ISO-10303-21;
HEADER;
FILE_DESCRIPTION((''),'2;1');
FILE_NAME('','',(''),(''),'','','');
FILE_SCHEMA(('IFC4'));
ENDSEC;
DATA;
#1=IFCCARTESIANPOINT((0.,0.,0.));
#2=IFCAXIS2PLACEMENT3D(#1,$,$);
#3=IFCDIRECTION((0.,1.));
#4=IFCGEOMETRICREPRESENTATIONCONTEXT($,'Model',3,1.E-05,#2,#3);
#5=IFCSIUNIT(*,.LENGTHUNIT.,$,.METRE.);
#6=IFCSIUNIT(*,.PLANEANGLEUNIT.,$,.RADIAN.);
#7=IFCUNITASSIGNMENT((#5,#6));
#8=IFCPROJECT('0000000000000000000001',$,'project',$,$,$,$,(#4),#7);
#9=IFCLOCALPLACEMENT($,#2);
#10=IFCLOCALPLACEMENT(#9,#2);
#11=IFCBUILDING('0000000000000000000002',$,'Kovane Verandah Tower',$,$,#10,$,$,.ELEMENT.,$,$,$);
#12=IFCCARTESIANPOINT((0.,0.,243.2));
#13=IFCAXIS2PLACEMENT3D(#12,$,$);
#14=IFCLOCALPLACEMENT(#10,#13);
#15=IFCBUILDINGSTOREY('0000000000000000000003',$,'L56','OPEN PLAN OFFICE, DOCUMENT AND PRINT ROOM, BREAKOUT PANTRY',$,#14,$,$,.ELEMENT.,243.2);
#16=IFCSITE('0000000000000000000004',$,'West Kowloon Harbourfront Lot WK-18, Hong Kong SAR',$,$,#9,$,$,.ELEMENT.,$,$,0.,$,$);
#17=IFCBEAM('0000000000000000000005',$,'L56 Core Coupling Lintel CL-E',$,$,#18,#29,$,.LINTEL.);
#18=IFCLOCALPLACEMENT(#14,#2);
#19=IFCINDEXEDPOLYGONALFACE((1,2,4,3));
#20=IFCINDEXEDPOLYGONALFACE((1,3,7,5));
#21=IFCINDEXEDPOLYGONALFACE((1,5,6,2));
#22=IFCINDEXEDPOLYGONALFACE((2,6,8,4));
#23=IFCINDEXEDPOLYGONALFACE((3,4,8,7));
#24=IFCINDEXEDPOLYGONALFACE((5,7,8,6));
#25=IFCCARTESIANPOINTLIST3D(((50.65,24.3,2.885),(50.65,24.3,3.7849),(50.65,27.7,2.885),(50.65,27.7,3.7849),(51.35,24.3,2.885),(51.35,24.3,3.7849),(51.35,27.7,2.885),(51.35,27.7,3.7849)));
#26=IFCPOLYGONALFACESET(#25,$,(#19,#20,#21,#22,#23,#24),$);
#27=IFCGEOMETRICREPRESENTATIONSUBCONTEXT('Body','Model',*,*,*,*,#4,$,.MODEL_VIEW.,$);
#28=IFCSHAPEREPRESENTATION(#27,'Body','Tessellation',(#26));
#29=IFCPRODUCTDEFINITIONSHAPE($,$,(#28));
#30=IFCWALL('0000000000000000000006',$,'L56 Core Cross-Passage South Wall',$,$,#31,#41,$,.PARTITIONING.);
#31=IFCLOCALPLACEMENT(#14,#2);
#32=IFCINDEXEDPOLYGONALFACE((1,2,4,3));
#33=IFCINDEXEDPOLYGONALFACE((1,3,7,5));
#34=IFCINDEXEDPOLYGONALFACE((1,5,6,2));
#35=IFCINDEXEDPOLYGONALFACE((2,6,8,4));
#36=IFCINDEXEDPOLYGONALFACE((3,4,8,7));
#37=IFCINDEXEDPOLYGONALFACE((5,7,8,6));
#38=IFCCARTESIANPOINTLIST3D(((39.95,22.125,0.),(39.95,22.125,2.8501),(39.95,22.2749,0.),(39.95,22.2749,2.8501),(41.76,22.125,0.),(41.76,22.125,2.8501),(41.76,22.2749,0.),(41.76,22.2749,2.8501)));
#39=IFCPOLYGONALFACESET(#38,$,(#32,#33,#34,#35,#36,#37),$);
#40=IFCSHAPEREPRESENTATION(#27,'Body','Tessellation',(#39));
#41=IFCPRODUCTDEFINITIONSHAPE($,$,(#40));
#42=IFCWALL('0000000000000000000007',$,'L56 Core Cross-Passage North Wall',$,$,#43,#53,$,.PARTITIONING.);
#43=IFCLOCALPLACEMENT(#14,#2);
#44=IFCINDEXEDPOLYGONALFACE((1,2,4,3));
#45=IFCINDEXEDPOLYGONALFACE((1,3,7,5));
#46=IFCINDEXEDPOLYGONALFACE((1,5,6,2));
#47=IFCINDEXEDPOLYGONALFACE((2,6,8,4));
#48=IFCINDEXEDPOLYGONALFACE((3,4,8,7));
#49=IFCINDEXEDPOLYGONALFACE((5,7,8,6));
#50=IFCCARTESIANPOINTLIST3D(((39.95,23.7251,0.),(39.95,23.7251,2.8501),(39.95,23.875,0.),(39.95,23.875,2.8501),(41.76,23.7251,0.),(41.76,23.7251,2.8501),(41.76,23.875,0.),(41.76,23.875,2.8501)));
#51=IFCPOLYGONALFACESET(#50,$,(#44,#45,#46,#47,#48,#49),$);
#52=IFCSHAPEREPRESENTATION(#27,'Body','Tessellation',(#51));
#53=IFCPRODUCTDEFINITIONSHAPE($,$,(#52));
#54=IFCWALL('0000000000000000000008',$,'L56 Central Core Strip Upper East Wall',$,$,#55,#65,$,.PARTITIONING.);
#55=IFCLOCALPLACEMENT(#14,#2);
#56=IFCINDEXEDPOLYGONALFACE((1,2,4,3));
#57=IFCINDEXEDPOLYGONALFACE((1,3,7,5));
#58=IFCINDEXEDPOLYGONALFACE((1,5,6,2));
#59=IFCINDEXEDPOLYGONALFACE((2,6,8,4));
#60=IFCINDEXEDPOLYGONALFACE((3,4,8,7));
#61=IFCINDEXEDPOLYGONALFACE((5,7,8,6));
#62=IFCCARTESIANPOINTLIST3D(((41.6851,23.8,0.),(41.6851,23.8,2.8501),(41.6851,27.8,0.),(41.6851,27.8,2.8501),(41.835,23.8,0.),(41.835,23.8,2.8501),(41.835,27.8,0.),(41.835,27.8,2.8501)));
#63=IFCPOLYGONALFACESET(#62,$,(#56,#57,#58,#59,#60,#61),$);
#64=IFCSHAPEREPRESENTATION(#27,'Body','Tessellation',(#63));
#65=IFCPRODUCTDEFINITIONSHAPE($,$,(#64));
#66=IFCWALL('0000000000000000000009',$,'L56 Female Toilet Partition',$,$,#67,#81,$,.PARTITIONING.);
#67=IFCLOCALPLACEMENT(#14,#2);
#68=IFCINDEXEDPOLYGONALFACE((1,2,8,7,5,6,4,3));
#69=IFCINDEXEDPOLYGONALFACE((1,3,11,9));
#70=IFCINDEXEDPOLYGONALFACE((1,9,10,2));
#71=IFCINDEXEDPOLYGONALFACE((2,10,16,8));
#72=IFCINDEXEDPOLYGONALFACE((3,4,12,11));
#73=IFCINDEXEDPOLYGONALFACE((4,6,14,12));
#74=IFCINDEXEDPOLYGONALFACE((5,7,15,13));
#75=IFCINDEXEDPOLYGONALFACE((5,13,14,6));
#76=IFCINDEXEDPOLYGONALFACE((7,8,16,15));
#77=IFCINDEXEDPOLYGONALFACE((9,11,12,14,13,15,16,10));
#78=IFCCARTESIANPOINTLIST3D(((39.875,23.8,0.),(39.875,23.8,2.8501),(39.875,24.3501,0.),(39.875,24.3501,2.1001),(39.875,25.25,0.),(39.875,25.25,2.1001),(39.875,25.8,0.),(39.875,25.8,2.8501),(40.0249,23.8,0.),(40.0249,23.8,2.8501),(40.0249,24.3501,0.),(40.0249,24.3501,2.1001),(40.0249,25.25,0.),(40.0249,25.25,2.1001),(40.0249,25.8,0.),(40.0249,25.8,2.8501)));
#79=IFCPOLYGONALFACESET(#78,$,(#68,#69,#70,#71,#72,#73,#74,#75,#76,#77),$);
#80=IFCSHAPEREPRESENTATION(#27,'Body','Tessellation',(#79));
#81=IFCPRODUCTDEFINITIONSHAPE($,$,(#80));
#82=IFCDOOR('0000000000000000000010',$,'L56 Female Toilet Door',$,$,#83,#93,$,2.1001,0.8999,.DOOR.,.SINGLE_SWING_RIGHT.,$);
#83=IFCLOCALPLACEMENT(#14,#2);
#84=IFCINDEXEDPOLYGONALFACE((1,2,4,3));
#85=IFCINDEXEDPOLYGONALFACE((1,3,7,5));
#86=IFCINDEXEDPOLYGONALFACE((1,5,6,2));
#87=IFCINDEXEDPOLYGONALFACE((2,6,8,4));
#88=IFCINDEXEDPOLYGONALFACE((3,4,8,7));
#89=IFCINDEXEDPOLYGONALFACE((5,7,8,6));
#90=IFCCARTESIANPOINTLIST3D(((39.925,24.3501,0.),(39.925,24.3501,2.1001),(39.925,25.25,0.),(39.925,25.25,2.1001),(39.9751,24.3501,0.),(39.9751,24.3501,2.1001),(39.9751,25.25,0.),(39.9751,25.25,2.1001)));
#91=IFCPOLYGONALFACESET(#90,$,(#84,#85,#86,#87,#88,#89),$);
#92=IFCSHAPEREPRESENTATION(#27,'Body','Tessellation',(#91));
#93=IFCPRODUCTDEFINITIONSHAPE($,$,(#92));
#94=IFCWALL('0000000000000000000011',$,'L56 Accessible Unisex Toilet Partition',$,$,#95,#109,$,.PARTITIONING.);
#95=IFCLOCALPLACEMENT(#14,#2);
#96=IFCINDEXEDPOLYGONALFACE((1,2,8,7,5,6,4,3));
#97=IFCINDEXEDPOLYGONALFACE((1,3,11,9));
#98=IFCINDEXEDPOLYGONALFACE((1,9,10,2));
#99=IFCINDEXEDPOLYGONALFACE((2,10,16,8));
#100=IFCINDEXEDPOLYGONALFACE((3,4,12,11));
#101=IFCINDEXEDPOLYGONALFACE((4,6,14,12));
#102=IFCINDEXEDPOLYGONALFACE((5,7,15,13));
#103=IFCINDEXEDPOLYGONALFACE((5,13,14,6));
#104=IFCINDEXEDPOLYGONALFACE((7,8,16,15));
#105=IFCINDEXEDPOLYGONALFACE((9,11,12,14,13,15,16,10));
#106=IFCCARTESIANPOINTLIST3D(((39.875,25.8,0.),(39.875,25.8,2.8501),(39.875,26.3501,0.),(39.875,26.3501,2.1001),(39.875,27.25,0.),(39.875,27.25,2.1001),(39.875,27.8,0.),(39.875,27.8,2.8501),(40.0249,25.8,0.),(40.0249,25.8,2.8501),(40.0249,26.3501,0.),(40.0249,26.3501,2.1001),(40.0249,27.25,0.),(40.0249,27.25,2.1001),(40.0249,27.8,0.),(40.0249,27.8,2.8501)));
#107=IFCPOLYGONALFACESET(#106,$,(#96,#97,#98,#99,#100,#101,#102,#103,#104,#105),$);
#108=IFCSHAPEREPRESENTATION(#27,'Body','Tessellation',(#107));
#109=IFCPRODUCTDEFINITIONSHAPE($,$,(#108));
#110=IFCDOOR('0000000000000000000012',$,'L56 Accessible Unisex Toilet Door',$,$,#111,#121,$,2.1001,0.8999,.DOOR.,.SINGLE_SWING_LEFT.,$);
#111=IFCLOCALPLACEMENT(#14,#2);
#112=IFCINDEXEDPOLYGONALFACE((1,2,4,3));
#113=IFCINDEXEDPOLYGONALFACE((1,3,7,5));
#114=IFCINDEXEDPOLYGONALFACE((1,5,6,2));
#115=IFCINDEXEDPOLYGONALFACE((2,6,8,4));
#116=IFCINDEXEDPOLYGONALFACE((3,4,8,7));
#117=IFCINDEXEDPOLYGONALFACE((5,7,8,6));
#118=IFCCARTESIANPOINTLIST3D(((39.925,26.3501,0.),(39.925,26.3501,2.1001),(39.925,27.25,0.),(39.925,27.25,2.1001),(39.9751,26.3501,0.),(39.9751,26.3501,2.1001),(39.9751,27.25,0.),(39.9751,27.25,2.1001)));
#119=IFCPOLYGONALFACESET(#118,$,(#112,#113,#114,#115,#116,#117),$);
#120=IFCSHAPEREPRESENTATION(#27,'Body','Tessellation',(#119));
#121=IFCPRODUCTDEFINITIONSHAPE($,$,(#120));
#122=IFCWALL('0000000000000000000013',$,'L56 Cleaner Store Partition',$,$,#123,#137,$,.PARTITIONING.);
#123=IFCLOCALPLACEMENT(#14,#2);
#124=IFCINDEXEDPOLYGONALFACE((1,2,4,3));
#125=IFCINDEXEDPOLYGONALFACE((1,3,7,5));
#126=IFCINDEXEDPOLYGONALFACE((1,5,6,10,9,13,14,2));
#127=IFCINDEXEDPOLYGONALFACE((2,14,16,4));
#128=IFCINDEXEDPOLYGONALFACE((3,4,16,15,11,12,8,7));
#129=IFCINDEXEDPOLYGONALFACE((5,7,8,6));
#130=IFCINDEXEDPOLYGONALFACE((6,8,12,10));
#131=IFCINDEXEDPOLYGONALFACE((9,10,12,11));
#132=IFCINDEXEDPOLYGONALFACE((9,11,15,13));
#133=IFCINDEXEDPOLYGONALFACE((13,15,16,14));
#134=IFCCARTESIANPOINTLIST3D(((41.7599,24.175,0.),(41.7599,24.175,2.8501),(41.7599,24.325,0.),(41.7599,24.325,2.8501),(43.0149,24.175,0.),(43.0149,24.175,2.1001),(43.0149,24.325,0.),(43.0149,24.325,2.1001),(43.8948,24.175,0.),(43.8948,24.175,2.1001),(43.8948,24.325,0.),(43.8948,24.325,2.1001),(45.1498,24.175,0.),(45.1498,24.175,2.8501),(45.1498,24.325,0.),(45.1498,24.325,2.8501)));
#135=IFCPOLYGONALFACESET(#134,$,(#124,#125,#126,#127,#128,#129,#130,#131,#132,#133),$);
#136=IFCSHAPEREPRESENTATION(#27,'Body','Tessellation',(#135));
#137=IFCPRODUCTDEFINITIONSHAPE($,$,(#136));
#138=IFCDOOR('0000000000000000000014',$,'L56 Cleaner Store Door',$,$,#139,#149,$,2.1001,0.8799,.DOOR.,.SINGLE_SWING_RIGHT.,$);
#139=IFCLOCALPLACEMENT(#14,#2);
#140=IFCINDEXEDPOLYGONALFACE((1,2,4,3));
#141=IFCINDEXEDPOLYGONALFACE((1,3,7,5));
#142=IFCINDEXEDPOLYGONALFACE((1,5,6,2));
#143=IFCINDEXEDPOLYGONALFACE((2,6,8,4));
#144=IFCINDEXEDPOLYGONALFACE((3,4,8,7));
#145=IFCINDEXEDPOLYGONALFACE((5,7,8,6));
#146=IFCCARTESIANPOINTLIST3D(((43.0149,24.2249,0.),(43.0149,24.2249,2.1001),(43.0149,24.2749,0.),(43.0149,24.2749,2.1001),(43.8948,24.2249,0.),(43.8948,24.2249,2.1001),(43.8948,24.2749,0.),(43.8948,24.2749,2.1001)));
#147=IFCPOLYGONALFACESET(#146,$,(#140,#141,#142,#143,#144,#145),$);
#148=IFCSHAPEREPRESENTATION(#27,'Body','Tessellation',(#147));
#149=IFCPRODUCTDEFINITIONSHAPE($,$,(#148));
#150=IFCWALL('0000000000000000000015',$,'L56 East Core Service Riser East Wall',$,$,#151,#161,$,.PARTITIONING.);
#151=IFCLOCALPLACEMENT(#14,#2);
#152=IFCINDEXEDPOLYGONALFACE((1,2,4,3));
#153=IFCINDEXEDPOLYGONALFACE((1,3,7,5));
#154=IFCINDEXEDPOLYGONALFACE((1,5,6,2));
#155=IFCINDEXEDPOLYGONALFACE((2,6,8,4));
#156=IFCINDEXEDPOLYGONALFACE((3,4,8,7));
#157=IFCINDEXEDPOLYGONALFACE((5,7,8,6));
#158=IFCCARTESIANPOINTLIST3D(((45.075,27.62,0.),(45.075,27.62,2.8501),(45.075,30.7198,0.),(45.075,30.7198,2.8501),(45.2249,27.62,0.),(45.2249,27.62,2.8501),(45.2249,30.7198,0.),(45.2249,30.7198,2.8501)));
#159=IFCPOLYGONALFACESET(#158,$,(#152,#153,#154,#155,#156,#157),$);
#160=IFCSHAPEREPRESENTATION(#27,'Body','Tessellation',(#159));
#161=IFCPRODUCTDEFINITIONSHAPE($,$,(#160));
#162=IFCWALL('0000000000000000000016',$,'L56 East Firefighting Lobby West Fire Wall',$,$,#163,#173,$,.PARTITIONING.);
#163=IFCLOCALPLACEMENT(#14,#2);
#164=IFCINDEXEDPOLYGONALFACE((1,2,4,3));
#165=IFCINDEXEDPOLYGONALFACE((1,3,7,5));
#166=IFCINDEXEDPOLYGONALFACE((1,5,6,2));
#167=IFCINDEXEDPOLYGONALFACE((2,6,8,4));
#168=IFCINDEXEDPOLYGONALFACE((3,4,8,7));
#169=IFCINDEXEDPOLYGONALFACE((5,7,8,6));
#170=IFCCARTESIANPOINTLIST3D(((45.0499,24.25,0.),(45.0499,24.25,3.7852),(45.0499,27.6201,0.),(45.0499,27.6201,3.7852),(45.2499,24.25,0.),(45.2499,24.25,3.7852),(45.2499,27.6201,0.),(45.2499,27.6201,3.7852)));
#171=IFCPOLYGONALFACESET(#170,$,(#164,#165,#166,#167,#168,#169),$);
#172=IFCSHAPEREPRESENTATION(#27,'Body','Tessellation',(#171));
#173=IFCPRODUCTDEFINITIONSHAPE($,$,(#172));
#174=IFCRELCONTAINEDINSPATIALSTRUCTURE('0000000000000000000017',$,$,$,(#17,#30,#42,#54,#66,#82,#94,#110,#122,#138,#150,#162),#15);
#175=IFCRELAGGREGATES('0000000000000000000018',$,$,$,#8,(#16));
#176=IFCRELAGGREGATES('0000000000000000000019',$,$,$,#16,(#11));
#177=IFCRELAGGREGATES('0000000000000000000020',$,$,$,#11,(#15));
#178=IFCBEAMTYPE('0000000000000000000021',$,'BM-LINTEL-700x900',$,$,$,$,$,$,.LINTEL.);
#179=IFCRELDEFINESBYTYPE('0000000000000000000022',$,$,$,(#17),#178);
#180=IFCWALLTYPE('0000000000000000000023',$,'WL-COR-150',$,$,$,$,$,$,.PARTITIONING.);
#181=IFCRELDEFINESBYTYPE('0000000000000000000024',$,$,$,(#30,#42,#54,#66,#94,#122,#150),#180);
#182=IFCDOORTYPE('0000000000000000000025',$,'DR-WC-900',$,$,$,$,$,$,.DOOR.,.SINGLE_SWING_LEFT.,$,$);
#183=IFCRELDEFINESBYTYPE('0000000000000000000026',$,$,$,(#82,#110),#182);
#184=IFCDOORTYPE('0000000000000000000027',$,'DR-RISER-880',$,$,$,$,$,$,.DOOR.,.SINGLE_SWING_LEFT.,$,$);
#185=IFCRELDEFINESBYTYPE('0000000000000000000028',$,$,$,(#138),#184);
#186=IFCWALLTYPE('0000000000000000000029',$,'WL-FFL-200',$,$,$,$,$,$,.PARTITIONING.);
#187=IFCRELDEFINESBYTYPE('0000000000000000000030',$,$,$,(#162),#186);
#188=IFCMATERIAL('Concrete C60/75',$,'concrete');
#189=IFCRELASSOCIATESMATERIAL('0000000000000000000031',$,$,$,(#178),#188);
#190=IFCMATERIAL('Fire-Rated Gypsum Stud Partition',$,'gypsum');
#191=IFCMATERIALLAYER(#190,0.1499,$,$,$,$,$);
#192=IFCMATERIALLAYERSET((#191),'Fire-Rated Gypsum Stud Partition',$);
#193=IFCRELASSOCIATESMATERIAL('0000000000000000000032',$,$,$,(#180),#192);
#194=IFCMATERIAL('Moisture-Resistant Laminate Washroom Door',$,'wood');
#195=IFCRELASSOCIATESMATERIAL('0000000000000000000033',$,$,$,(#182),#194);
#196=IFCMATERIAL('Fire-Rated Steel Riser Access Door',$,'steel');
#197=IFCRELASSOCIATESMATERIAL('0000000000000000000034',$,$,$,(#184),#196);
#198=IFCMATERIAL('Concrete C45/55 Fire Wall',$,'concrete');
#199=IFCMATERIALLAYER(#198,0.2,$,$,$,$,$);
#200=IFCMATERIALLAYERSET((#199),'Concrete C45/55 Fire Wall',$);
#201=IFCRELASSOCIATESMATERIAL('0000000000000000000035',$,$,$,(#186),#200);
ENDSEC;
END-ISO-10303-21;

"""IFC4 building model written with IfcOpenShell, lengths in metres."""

from ifc_helpers import new_model, si_unit, direction, frame, frame_2d, origin, origin_2d, place, context, subcontext, project, spatial, rectangle, extrude, material, layer, layer_set, material_profile, profile_set, type_object, element, fill, save


model = new_model("IFC4")

# Units and contexts
model_context = context("Model", 3, precision=1e-05, world=origin(), true_north=direction((0.0, 1.0)))
body_context = subcontext(model_context, "Body", "Model", "MODEL_VIEW")
ifc_project = project(units=[si_unit("LENGTHUNIT", "METRE"), si_unit("PLANEANGLEUNIT", "RADIAN")], contexts=[model_context])

# Site, building, storey
site_placement = place(None, origin())
site = spatial("IfcSite", under=ifc_project, at=site_placement, Name="West Kowloon Harbourfront Lot WK-18, Hong Kong SAR", CompositionType="ELEMENT", RefElevation=0.0)
building_placement = place(site_placement, origin())
building = spatial("IfcBuilding", under=site, at=building_placement, Name="Kovane Verandah Tower", CompositionType="ELEMENT")
storey_placement = place(building_placement, frame((0.0, 0.0, 243.2)))
storey = spatial("IfcBuildingStorey", under=building, at=storey_placement, Name="L56", Description="OPEN PLAN OFFICE, DOCUMENT AND PRINT ROOM, BREAKOUT PANTRY", CompositionType="ELEMENT", Elevation=243.2)

# Beam
ifc_material_1 = material(Name="Concrete C60/75", Category="concrete")
ifc_material_profile = material_profile(ifc_material_1, rectangle(XDim=0.7, YDim=0.8999, at=origin_2d()), Name="RCB700x900")
ifc_profile_set = profile_set([ifc_material_profile], Name="Concrete C60/75")
beam_type = type_object("IfcBeamType", Name="BM-LINTEL-700x900", PredefinedType="LINTEL", material=ifc_profile_set)
beam_placement = place(storey_placement, frame((51.0, 24.3, 3.335), z_axis=(0.0, 1.0, 0.0), x_axis=(-1.0, 0.0, 0.0)))
element("IfcBeam", 1, at=beam_placement, inside=storey, type_object=beam_type, Name="L56 Core Coupling Lintel CL-E", PredefinedType="LINTEL", context=body_context, shape_type="SweptSolid", body=[
    extrude(rectangle(XDim=0.7, YDim=0.8999, at=origin_2d()), origin(), (0.0, 0.0, 1.0), 3.3999),
])

# Walls
ifc_material_2 = material(Name="Fire-Rated Gypsum Stud Partition", Category="gypsum")
ifc_layer_1 = layer(ifc_material_2, 0.1499)
ifc_layer_set_1 = layer_set([ifc_layer_1], Name="Fire-Rated Gypsum Stud Partition")
wall_type_1 = type_object("IfcWallType", Name="WL-COR-150", PredefinedType="PARTITIONING", material=ifc_layer_set_1)
for number, where, z_axis, x_axis, name in (
    (2, (39.95, 22.2, 0.0), (0.0, 0.0, 1.0), (1.0, 0.0, 0.0), "L56 Core Cross-Passage South Wall"),
    (3, (39.95, 23.8, 0.0), (0.0, 0.0, 1.0), (1.0, 0.0, 0.0), "L56 Core Cross-Passage North Wall"),
):
    element("IfcWall", number, at=place(storey_placement, frame(where, z_axis=z_axis, x_axis=x_axis)), inside=storey, type_object=wall_type_1, Name=name, PredefinedType="PARTITIONING", context=body_context, shape_type="SweptSolid", body=[
        extrude(rectangle(XDim=1.8101, YDim=0.1499, at=frame_2d((0.905, 0.0))), origin(), (0.0, 0.0, 1.0), 2.8501),
    ])
wall_1_placement = place(storey_placement, frame((41.76, 23.8, 0.0), z_axis=(0.0, 0.0, 1.0), x_axis=(0.0, 1.0, 0.0)))
element("IfcWall", 4, at=wall_1_placement, inside=storey, type_object=wall_type_1, Name="L56 Central Core Strip Upper East Wall", PredefinedType="PARTITIONING", context=body_context, shape_type="SweptSolid", body=[
    extrude(rectangle(XDim=4.0, YDim=0.1499, at=frame_2d((2.0, 0.0))), origin(), (0.0, 0.0, 1.0), 2.8501),
])

# Walls, openings, doors
wall_2_placement = place(storey_placement, frame((39.95, 23.8, 0.0), z_axis=(0.0, 0.0, 1.0), x_axis=(0.0, 1.0, 0.0)))
wall_2 = element("IfcWall", 5, at=wall_2_placement, inside=storey, type_object=wall_type_1, Name="L56 Female Toilet Partition", PredefinedType="PARTITIONING", context=body_context, shape_type="SweptSolid", body=[
    extrude(rectangle(XDim=2.0, YDim=0.1499, at=frame_2d((1.0, 0.0))), origin(), (0.0, 0.0, 1.0), 2.8501),
])
opening_1_placement = place(wall_2_placement, frame((0.55, 0.0, 0.0)))
opening_1 = element("IfcOpeningElement", 6, at=opening_1_placement, cuts=wall_2, PredefinedType="OPENING", context=body_context, shape_type="SweptSolid", body=[
    extrude(rectangle(XDim=0.8999, YDim=2.1001, at=frame_2d((0.45, 1.05))), frame((0.0, 0.075, 0.0), z_axis=(0.0, -1.0, 0.0), x_axis=(1.0, 0.0, 0.0)), (0.0, 0.0, 1.0), 0.1499),
])
ifc_material_3 = material(Name="Moisture-Resistant Laminate Washroom Door", Category="wood")
door_type_1 = type_object("IfcDoorType", Name="DR-WC-900", OperationType="SINGLE_SWING_LEFT", PredefinedType="DOOR", material=ifc_material_3)
door_1_placement = place(opening_1_placement, origin())
door_1 = element("IfcDoor", 7, at=door_1_placement, inside=storey, type_object=door_type_1, Name="L56 Female Toilet Door", OperationType="SINGLE_SWING_RIGHT", OverallHeight=2.1001, OverallWidth=0.8999, PredefinedType="DOOR", context=body_context, shape_type="SweptSolid", body=[
    extrude(rectangle(XDim=0.8999, YDim=2.1001, at=frame_2d((0.45, 1.05))), frame((0.0, 0.0249, 0.0), z_axis=(0.0, -1.0, 0.0), x_axis=(1.0, 0.0, 0.0)), (0.0, 0.0, 1.0), 0.05),
])
fill(opening_1, door_1)
wall_3_placement = place(storey_placement, frame((39.95, 25.8, 0.0), z_axis=(0.0, 0.0, 1.0), x_axis=(0.0, 1.0, 0.0)))
wall_3 = element("IfcWall", 8, at=wall_3_placement, inside=storey, type_object=wall_type_1, Name="L56 Accessible Unisex Toilet Partition", PredefinedType="PARTITIONING", context=body_context, shape_type="SweptSolid", body=[
    extrude(rectangle(XDim=2.0, YDim=0.1499, at=frame_2d((1.0, 0.0))), origin(), (0.0, 0.0, 1.0), 2.8501),
])
opening_2_placement = place(wall_3_placement, frame((0.55, 0.0, 0.0)))
opening_2 = element("IfcOpeningElement", 9, at=opening_2_placement, cuts=wall_3, PredefinedType="OPENING", context=body_context, shape_type="SweptSolid", body=[
    extrude(rectangle(XDim=0.8999, YDim=2.1001, at=frame_2d((0.45, 1.05))), frame((0.0, 0.075, 0.0), z_axis=(0.0, -1.0, 0.0), x_axis=(1.0, 0.0, 0.0)), (0.0, 0.0, 1.0), 0.1499),
])
door_2_placement = place(opening_2_placement, origin())
door_2 = element("IfcDoor", 10, at=door_2_placement, inside=storey, type_object=door_type_1, Name="L56 Accessible Unisex Toilet Door", OperationType="SINGLE_SWING_LEFT", OverallHeight=2.1001, OverallWidth=0.8999, PredefinedType="DOOR", context=body_context, shape_type="SweptSolid", body=[
    extrude(rectangle(XDim=0.8999, YDim=2.1001, at=frame_2d((0.45, 1.05))), frame((0.0, 0.0249, 0.0), z_axis=(0.0, -1.0, 0.0), x_axis=(1.0, 0.0, 0.0)), (0.0, 0.0, 1.0), 0.05),
])
fill(opening_2, door_2)
wall_4_placement = place(storey_placement, frame((41.76, 24.25, 0.0), z_axis=(0.0, 0.0, 1.0), x_axis=(1.0, 0.0, 0.0)))
wall_4 = element("IfcWall", 11, at=wall_4_placement, inside=storey, type_object=wall_type_1, Name="L56 Cleaner Store Partition", PredefinedType="PARTITIONING", context=body_context, shape_type="SweptSolid", body=[
    extrude(rectangle(XDim=3.3899, YDim=0.1499, at=frame_2d((1.6948, 0.0))), origin(), (0.0, 0.0, 1.0), 2.8501),
])
opening_3_placement = place(wall_4_placement, frame((1.2549, 0.0, 0.0)))
opening_3 = element("IfcOpeningElement", 12, at=opening_3_placement, cuts=wall_4, PredefinedType="OPENING", context=body_context, shape_type="SweptSolid", body=[
    extrude(rectangle(XDim=0.8799, YDim=2.1001, at=frame_2d((0.4399, 1.05))), frame((0.0, 0.075, 0.0), z_axis=(0.0, -1.0, 0.0), x_axis=(1.0, 0.0, 0.0)), (0.0, 0.0, 1.0), 0.1499),
])
ifc_material_4 = material(Name="Fire-Rated Steel Riser Access Door", Category="steel")
door_type_2 = type_object("IfcDoorType", Name="DR-RISER-880", OperationType="SINGLE_SWING_LEFT", PredefinedType="DOOR", material=ifc_material_4)
door_3_placement = place(opening_3_placement, origin())
door_3 = element("IfcDoor", 13, at=door_3_placement, inside=storey, type_object=door_type_2, Name="L56 Cleaner Store Door", OperationType="SINGLE_SWING_RIGHT", OverallHeight=2.1001, OverallWidth=0.8799, PredefinedType="DOOR", context=body_context, shape_type="SweptSolid", body=[
    extrude(rectangle(XDim=0.8799, YDim=2.1001, at=frame_2d((0.4399, 1.05))), frame((0.0, 0.0249, 0.0), z_axis=(0.0, -1.0, 0.0), x_axis=(1.0, 0.0, 0.0)), (0.0, 0.0, 1.0), 0.05),
])
fill(opening_3, door_3)

# Walls
wall_5_placement = place(storey_placement, frame((45.1499, 27.6201, 0.0), z_axis=(0.0, 0.0, 1.0), x_axis=(0.0, 1.0, 0.0)))
element("IfcWall", 14, at=wall_5_placement, inside=storey, type_object=wall_type_1, Name="L56 East Core Service Riser East Wall", PredefinedType="PARTITIONING", context=body_context, shape_type="SweptSolid", body=[
    extrude(rectangle(XDim=3.0999, YDim=0.1499, at=frame_2d((1.5498, 0.0))), origin(), (0.0, 0.0, 1.0), 2.8501),
])
ifc_material_5 = material(Name="Concrete C45/55 Fire Wall", Category="concrete")
ifc_layer_2 = layer(ifc_material_5, 0.2)
ifc_layer_set_2 = layer_set([ifc_layer_2], Name="Concrete C45/55 Fire Wall")
wall_type_2 = type_object("IfcWallType", Name="WL-FFL-200", PredefinedType="PARTITIONING", material=ifc_layer_set_2)
wall_6_placement = place(storey_placement, frame((45.1499, 24.25, 0.0), z_axis=(0.0, 0.0, 1.0), x_axis=(0.0, 1.0, 0.0)))
element("IfcWall", 15, at=wall_6_placement, inside=storey, type_object=wall_type_2, Name="L56 East Firefighting Lobby West Fire Wall", PredefinedType="PARTITIONING", context=body_context, shape_type="SweptSolid", body=[
    extrude(rectangle(XDim=3.3701, YDim=0.2, at=frame_2d((1.6851, 0.0))), origin(), (0.0, 0.0, 1.0), 3.7852),
])

save(model, "model.ifc")
